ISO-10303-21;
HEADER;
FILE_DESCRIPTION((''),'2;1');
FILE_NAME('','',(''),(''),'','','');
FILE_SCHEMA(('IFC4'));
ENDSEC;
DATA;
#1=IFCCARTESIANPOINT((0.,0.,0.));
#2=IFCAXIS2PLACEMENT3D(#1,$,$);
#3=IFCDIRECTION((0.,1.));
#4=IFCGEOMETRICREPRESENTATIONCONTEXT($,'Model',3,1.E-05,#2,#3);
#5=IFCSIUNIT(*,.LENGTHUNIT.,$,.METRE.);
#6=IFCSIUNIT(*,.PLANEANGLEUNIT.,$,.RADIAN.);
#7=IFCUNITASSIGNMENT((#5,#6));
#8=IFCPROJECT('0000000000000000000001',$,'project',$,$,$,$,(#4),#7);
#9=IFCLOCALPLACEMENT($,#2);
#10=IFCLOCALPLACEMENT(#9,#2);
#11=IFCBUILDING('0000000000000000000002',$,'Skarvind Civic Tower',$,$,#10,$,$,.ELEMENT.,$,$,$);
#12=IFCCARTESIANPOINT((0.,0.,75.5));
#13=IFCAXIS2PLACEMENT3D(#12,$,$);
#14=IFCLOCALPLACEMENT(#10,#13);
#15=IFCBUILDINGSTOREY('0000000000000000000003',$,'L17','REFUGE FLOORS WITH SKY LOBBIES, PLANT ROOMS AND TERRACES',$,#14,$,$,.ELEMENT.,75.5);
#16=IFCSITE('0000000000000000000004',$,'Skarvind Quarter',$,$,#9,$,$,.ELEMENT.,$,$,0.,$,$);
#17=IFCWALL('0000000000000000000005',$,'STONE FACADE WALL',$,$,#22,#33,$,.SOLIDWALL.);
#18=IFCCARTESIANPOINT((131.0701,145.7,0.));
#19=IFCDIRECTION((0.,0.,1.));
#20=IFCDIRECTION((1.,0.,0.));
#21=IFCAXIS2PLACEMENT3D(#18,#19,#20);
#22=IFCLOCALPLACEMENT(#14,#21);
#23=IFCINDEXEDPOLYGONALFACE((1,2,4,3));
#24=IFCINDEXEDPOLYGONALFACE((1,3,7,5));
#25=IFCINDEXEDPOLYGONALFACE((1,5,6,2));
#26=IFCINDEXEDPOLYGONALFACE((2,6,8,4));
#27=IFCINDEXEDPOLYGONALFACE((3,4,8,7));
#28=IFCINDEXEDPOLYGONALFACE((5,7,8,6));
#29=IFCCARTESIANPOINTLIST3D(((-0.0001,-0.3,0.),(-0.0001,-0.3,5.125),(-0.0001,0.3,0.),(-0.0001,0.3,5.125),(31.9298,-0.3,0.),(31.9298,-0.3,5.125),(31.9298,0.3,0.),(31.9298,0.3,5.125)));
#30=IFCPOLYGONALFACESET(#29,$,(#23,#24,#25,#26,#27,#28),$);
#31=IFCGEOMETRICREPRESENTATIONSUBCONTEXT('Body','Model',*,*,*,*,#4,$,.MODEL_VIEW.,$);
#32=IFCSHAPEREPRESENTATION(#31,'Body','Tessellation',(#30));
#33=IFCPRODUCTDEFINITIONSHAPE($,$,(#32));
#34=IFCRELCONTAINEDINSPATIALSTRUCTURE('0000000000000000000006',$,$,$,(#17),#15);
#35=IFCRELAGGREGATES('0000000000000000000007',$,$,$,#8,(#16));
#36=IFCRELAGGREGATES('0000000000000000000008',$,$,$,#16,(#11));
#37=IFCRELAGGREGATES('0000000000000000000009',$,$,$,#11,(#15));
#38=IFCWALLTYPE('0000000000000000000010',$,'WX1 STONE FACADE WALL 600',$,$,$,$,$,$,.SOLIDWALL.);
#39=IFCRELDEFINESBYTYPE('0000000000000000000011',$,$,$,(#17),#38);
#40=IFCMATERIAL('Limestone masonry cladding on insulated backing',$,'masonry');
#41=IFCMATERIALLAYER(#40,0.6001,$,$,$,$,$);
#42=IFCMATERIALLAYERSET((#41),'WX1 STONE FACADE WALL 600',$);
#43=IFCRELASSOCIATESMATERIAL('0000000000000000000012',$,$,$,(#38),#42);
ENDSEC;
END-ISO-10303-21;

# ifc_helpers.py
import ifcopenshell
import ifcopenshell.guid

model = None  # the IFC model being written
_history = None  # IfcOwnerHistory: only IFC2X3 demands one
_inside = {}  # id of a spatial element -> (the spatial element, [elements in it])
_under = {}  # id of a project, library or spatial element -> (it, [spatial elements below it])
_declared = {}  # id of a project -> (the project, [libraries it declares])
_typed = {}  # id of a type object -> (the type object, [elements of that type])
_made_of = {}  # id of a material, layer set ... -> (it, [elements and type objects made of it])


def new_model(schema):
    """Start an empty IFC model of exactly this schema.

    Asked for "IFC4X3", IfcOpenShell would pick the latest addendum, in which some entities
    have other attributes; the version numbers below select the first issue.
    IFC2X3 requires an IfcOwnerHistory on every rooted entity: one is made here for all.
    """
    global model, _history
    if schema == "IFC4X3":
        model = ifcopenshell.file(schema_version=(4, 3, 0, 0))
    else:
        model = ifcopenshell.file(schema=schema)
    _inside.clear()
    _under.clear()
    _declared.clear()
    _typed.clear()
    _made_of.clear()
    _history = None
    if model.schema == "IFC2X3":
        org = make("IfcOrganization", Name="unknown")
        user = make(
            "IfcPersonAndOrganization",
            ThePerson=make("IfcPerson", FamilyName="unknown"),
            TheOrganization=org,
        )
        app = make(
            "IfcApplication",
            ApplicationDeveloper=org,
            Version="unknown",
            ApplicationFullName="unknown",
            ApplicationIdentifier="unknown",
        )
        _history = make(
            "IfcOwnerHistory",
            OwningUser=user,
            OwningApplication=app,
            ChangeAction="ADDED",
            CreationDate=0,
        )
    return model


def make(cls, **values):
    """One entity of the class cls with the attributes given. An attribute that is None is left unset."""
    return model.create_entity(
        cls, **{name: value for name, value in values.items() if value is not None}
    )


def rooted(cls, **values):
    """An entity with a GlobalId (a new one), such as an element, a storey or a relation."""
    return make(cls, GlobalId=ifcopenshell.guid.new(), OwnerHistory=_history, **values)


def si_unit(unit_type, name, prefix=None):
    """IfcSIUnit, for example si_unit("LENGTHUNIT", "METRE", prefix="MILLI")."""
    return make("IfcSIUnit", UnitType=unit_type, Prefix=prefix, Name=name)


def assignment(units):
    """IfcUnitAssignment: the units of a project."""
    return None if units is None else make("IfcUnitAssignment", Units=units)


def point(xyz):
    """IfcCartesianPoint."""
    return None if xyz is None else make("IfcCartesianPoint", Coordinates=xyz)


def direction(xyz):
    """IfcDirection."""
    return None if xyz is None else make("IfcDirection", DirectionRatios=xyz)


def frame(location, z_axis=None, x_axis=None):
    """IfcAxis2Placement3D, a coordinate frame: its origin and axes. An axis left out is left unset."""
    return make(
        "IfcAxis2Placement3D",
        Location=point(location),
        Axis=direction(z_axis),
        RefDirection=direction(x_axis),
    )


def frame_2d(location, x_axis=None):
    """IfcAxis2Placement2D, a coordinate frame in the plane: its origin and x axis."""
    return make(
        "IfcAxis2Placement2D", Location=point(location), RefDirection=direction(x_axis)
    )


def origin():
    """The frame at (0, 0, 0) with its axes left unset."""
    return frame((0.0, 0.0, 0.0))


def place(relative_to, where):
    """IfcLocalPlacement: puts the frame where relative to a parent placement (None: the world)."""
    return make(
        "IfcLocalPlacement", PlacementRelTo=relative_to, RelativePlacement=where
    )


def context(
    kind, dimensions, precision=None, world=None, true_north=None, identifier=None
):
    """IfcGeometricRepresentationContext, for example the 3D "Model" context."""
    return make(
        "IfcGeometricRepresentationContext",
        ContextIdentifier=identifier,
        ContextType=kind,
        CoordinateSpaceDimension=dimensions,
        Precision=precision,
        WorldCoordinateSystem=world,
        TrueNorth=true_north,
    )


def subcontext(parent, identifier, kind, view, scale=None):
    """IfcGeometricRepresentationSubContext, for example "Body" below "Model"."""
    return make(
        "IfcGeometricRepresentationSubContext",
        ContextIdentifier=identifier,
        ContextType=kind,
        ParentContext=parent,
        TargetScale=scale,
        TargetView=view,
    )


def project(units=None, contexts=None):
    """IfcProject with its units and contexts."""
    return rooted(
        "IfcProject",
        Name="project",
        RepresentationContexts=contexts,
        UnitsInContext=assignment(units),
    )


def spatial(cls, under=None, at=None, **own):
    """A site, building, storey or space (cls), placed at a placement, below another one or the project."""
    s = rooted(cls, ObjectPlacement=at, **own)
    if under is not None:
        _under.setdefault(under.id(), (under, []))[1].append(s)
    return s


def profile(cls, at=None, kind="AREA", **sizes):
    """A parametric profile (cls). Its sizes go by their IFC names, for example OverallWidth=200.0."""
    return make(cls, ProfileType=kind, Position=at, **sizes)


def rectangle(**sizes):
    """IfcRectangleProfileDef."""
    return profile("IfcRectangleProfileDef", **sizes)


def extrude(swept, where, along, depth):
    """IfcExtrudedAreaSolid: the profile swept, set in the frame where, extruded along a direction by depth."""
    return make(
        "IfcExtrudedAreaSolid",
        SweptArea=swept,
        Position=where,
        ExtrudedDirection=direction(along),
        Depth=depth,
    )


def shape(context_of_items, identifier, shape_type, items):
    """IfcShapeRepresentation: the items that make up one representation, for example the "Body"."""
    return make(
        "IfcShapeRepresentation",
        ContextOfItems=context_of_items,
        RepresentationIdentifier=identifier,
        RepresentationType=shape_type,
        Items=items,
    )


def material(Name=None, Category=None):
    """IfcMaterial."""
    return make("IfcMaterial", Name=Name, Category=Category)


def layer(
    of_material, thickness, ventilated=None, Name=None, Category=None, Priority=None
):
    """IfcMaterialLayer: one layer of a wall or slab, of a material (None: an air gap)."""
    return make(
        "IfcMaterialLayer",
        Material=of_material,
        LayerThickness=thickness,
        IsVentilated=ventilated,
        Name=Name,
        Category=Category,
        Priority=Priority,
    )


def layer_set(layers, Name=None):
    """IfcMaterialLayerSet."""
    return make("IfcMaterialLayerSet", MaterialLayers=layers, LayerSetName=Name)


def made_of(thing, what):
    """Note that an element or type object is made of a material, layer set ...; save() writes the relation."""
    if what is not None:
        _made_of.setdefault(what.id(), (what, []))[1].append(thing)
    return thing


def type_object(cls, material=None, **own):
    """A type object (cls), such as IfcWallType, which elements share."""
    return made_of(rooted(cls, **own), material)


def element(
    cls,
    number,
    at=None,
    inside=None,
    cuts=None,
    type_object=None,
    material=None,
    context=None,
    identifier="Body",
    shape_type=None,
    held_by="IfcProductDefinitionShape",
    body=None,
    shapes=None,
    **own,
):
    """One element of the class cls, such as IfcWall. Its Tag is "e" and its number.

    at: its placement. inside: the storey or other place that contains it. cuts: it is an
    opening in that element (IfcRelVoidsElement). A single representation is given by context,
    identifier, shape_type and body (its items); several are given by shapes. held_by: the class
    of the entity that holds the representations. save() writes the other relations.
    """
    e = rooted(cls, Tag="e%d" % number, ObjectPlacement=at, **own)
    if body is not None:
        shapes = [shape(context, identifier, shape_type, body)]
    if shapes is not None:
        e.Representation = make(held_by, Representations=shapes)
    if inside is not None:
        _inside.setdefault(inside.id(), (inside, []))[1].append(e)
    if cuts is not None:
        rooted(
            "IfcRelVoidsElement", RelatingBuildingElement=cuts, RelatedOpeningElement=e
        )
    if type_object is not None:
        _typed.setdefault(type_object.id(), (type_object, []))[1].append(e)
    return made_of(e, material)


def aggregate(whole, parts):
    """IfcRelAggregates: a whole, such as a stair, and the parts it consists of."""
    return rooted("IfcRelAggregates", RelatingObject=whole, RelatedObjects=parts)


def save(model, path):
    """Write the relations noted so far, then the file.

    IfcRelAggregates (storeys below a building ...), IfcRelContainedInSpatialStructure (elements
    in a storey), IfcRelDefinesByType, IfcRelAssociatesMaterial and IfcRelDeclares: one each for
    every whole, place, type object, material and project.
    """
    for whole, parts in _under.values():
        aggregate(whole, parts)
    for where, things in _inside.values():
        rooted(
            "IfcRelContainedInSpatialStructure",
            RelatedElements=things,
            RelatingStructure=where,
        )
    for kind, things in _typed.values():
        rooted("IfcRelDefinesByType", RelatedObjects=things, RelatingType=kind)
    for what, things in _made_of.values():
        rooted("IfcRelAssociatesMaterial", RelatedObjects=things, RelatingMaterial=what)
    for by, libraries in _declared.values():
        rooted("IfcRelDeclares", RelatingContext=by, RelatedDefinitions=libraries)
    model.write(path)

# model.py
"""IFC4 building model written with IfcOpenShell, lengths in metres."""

from ifc_helpers import new_model, si_unit, direction, frame, frame_2d, origin, place, context, subcontext, project, spatial, rectangle, extrude, material, layer, layer_set, type_object, element, save


model = new_model("IFC4")

# Units and contexts
model_context = context("Model", 3, precision=1e-05, world=origin(), true_north=direction((0.0, 1.0)))
body_context = subcontext(model_context, "Body", "Model", "MODEL_VIEW")
ifc_project = project(units=[si_unit("LENGTHUNIT", "METRE"), si_unit("PLANEANGLEUNIT", "RADIAN")], contexts=[model_context])

# Site, building, storey
site_placement = place(None, origin())
site = spatial("IfcSite", under=ifc_project, at=site_placement, Name="Skarvind Quarter", CompositionType="ELEMENT", RefElevation=0.0)
building_placement = place(site_placement, origin())
building = spatial("IfcBuilding", under=site, at=building_placement, Name="Skarvind Civic Tower", CompositionType="ELEMENT")
storey_placement = place(building_placement, frame((0.0, 0.0, 75.5)))
storey = spatial("IfcBuildingStorey", under=building, at=storey_placement, Name="L17", Description="REFUGE FLOORS WITH SKY LOBBIES, PLANT ROOMS AND TERRACES", CompositionType="ELEMENT", Elevation=75.5)

# Wall
ifc_material_1 = material(Name="Limestone masonry cladding on insulated backing", Category="masonry")
ifc_layer_1 = layer(ifc_material_1, 0.6001)
ifc_layer_set_1 = layer_set([ifc_layer_1], Name="WX1 STONE FACADE WALL 600")
wall_type_1 = type_object("IfcWallType", Name="WX1 STONE FACADE WALL 600", PredefinedType="SOLIDWALL", material=ifc_layer_set_1)
wall_1_placement = place(storey_placement, frame((131.0701, 145.7, 0.0), z_axis=(0.0, 0.0, 1.0), x_axis=(1.0, 0.0, 0.0)))
element("IfcWall", 1, at=wall_1_placement, inside=storey, type_object=wall_type_1, Name="STONE FACADE WALL", PredefinedType="SOLIDWALL", context=body_context, shape_type="SweptSolid", body=[
    extrude(rectangle(XDim=31.9299, YDim=0.6001, at=frame_2d((15.9648, 0.0))), origin(), (0.0, 0.0, 1.0), 5.125),
])

save(model, "model.ifc")
